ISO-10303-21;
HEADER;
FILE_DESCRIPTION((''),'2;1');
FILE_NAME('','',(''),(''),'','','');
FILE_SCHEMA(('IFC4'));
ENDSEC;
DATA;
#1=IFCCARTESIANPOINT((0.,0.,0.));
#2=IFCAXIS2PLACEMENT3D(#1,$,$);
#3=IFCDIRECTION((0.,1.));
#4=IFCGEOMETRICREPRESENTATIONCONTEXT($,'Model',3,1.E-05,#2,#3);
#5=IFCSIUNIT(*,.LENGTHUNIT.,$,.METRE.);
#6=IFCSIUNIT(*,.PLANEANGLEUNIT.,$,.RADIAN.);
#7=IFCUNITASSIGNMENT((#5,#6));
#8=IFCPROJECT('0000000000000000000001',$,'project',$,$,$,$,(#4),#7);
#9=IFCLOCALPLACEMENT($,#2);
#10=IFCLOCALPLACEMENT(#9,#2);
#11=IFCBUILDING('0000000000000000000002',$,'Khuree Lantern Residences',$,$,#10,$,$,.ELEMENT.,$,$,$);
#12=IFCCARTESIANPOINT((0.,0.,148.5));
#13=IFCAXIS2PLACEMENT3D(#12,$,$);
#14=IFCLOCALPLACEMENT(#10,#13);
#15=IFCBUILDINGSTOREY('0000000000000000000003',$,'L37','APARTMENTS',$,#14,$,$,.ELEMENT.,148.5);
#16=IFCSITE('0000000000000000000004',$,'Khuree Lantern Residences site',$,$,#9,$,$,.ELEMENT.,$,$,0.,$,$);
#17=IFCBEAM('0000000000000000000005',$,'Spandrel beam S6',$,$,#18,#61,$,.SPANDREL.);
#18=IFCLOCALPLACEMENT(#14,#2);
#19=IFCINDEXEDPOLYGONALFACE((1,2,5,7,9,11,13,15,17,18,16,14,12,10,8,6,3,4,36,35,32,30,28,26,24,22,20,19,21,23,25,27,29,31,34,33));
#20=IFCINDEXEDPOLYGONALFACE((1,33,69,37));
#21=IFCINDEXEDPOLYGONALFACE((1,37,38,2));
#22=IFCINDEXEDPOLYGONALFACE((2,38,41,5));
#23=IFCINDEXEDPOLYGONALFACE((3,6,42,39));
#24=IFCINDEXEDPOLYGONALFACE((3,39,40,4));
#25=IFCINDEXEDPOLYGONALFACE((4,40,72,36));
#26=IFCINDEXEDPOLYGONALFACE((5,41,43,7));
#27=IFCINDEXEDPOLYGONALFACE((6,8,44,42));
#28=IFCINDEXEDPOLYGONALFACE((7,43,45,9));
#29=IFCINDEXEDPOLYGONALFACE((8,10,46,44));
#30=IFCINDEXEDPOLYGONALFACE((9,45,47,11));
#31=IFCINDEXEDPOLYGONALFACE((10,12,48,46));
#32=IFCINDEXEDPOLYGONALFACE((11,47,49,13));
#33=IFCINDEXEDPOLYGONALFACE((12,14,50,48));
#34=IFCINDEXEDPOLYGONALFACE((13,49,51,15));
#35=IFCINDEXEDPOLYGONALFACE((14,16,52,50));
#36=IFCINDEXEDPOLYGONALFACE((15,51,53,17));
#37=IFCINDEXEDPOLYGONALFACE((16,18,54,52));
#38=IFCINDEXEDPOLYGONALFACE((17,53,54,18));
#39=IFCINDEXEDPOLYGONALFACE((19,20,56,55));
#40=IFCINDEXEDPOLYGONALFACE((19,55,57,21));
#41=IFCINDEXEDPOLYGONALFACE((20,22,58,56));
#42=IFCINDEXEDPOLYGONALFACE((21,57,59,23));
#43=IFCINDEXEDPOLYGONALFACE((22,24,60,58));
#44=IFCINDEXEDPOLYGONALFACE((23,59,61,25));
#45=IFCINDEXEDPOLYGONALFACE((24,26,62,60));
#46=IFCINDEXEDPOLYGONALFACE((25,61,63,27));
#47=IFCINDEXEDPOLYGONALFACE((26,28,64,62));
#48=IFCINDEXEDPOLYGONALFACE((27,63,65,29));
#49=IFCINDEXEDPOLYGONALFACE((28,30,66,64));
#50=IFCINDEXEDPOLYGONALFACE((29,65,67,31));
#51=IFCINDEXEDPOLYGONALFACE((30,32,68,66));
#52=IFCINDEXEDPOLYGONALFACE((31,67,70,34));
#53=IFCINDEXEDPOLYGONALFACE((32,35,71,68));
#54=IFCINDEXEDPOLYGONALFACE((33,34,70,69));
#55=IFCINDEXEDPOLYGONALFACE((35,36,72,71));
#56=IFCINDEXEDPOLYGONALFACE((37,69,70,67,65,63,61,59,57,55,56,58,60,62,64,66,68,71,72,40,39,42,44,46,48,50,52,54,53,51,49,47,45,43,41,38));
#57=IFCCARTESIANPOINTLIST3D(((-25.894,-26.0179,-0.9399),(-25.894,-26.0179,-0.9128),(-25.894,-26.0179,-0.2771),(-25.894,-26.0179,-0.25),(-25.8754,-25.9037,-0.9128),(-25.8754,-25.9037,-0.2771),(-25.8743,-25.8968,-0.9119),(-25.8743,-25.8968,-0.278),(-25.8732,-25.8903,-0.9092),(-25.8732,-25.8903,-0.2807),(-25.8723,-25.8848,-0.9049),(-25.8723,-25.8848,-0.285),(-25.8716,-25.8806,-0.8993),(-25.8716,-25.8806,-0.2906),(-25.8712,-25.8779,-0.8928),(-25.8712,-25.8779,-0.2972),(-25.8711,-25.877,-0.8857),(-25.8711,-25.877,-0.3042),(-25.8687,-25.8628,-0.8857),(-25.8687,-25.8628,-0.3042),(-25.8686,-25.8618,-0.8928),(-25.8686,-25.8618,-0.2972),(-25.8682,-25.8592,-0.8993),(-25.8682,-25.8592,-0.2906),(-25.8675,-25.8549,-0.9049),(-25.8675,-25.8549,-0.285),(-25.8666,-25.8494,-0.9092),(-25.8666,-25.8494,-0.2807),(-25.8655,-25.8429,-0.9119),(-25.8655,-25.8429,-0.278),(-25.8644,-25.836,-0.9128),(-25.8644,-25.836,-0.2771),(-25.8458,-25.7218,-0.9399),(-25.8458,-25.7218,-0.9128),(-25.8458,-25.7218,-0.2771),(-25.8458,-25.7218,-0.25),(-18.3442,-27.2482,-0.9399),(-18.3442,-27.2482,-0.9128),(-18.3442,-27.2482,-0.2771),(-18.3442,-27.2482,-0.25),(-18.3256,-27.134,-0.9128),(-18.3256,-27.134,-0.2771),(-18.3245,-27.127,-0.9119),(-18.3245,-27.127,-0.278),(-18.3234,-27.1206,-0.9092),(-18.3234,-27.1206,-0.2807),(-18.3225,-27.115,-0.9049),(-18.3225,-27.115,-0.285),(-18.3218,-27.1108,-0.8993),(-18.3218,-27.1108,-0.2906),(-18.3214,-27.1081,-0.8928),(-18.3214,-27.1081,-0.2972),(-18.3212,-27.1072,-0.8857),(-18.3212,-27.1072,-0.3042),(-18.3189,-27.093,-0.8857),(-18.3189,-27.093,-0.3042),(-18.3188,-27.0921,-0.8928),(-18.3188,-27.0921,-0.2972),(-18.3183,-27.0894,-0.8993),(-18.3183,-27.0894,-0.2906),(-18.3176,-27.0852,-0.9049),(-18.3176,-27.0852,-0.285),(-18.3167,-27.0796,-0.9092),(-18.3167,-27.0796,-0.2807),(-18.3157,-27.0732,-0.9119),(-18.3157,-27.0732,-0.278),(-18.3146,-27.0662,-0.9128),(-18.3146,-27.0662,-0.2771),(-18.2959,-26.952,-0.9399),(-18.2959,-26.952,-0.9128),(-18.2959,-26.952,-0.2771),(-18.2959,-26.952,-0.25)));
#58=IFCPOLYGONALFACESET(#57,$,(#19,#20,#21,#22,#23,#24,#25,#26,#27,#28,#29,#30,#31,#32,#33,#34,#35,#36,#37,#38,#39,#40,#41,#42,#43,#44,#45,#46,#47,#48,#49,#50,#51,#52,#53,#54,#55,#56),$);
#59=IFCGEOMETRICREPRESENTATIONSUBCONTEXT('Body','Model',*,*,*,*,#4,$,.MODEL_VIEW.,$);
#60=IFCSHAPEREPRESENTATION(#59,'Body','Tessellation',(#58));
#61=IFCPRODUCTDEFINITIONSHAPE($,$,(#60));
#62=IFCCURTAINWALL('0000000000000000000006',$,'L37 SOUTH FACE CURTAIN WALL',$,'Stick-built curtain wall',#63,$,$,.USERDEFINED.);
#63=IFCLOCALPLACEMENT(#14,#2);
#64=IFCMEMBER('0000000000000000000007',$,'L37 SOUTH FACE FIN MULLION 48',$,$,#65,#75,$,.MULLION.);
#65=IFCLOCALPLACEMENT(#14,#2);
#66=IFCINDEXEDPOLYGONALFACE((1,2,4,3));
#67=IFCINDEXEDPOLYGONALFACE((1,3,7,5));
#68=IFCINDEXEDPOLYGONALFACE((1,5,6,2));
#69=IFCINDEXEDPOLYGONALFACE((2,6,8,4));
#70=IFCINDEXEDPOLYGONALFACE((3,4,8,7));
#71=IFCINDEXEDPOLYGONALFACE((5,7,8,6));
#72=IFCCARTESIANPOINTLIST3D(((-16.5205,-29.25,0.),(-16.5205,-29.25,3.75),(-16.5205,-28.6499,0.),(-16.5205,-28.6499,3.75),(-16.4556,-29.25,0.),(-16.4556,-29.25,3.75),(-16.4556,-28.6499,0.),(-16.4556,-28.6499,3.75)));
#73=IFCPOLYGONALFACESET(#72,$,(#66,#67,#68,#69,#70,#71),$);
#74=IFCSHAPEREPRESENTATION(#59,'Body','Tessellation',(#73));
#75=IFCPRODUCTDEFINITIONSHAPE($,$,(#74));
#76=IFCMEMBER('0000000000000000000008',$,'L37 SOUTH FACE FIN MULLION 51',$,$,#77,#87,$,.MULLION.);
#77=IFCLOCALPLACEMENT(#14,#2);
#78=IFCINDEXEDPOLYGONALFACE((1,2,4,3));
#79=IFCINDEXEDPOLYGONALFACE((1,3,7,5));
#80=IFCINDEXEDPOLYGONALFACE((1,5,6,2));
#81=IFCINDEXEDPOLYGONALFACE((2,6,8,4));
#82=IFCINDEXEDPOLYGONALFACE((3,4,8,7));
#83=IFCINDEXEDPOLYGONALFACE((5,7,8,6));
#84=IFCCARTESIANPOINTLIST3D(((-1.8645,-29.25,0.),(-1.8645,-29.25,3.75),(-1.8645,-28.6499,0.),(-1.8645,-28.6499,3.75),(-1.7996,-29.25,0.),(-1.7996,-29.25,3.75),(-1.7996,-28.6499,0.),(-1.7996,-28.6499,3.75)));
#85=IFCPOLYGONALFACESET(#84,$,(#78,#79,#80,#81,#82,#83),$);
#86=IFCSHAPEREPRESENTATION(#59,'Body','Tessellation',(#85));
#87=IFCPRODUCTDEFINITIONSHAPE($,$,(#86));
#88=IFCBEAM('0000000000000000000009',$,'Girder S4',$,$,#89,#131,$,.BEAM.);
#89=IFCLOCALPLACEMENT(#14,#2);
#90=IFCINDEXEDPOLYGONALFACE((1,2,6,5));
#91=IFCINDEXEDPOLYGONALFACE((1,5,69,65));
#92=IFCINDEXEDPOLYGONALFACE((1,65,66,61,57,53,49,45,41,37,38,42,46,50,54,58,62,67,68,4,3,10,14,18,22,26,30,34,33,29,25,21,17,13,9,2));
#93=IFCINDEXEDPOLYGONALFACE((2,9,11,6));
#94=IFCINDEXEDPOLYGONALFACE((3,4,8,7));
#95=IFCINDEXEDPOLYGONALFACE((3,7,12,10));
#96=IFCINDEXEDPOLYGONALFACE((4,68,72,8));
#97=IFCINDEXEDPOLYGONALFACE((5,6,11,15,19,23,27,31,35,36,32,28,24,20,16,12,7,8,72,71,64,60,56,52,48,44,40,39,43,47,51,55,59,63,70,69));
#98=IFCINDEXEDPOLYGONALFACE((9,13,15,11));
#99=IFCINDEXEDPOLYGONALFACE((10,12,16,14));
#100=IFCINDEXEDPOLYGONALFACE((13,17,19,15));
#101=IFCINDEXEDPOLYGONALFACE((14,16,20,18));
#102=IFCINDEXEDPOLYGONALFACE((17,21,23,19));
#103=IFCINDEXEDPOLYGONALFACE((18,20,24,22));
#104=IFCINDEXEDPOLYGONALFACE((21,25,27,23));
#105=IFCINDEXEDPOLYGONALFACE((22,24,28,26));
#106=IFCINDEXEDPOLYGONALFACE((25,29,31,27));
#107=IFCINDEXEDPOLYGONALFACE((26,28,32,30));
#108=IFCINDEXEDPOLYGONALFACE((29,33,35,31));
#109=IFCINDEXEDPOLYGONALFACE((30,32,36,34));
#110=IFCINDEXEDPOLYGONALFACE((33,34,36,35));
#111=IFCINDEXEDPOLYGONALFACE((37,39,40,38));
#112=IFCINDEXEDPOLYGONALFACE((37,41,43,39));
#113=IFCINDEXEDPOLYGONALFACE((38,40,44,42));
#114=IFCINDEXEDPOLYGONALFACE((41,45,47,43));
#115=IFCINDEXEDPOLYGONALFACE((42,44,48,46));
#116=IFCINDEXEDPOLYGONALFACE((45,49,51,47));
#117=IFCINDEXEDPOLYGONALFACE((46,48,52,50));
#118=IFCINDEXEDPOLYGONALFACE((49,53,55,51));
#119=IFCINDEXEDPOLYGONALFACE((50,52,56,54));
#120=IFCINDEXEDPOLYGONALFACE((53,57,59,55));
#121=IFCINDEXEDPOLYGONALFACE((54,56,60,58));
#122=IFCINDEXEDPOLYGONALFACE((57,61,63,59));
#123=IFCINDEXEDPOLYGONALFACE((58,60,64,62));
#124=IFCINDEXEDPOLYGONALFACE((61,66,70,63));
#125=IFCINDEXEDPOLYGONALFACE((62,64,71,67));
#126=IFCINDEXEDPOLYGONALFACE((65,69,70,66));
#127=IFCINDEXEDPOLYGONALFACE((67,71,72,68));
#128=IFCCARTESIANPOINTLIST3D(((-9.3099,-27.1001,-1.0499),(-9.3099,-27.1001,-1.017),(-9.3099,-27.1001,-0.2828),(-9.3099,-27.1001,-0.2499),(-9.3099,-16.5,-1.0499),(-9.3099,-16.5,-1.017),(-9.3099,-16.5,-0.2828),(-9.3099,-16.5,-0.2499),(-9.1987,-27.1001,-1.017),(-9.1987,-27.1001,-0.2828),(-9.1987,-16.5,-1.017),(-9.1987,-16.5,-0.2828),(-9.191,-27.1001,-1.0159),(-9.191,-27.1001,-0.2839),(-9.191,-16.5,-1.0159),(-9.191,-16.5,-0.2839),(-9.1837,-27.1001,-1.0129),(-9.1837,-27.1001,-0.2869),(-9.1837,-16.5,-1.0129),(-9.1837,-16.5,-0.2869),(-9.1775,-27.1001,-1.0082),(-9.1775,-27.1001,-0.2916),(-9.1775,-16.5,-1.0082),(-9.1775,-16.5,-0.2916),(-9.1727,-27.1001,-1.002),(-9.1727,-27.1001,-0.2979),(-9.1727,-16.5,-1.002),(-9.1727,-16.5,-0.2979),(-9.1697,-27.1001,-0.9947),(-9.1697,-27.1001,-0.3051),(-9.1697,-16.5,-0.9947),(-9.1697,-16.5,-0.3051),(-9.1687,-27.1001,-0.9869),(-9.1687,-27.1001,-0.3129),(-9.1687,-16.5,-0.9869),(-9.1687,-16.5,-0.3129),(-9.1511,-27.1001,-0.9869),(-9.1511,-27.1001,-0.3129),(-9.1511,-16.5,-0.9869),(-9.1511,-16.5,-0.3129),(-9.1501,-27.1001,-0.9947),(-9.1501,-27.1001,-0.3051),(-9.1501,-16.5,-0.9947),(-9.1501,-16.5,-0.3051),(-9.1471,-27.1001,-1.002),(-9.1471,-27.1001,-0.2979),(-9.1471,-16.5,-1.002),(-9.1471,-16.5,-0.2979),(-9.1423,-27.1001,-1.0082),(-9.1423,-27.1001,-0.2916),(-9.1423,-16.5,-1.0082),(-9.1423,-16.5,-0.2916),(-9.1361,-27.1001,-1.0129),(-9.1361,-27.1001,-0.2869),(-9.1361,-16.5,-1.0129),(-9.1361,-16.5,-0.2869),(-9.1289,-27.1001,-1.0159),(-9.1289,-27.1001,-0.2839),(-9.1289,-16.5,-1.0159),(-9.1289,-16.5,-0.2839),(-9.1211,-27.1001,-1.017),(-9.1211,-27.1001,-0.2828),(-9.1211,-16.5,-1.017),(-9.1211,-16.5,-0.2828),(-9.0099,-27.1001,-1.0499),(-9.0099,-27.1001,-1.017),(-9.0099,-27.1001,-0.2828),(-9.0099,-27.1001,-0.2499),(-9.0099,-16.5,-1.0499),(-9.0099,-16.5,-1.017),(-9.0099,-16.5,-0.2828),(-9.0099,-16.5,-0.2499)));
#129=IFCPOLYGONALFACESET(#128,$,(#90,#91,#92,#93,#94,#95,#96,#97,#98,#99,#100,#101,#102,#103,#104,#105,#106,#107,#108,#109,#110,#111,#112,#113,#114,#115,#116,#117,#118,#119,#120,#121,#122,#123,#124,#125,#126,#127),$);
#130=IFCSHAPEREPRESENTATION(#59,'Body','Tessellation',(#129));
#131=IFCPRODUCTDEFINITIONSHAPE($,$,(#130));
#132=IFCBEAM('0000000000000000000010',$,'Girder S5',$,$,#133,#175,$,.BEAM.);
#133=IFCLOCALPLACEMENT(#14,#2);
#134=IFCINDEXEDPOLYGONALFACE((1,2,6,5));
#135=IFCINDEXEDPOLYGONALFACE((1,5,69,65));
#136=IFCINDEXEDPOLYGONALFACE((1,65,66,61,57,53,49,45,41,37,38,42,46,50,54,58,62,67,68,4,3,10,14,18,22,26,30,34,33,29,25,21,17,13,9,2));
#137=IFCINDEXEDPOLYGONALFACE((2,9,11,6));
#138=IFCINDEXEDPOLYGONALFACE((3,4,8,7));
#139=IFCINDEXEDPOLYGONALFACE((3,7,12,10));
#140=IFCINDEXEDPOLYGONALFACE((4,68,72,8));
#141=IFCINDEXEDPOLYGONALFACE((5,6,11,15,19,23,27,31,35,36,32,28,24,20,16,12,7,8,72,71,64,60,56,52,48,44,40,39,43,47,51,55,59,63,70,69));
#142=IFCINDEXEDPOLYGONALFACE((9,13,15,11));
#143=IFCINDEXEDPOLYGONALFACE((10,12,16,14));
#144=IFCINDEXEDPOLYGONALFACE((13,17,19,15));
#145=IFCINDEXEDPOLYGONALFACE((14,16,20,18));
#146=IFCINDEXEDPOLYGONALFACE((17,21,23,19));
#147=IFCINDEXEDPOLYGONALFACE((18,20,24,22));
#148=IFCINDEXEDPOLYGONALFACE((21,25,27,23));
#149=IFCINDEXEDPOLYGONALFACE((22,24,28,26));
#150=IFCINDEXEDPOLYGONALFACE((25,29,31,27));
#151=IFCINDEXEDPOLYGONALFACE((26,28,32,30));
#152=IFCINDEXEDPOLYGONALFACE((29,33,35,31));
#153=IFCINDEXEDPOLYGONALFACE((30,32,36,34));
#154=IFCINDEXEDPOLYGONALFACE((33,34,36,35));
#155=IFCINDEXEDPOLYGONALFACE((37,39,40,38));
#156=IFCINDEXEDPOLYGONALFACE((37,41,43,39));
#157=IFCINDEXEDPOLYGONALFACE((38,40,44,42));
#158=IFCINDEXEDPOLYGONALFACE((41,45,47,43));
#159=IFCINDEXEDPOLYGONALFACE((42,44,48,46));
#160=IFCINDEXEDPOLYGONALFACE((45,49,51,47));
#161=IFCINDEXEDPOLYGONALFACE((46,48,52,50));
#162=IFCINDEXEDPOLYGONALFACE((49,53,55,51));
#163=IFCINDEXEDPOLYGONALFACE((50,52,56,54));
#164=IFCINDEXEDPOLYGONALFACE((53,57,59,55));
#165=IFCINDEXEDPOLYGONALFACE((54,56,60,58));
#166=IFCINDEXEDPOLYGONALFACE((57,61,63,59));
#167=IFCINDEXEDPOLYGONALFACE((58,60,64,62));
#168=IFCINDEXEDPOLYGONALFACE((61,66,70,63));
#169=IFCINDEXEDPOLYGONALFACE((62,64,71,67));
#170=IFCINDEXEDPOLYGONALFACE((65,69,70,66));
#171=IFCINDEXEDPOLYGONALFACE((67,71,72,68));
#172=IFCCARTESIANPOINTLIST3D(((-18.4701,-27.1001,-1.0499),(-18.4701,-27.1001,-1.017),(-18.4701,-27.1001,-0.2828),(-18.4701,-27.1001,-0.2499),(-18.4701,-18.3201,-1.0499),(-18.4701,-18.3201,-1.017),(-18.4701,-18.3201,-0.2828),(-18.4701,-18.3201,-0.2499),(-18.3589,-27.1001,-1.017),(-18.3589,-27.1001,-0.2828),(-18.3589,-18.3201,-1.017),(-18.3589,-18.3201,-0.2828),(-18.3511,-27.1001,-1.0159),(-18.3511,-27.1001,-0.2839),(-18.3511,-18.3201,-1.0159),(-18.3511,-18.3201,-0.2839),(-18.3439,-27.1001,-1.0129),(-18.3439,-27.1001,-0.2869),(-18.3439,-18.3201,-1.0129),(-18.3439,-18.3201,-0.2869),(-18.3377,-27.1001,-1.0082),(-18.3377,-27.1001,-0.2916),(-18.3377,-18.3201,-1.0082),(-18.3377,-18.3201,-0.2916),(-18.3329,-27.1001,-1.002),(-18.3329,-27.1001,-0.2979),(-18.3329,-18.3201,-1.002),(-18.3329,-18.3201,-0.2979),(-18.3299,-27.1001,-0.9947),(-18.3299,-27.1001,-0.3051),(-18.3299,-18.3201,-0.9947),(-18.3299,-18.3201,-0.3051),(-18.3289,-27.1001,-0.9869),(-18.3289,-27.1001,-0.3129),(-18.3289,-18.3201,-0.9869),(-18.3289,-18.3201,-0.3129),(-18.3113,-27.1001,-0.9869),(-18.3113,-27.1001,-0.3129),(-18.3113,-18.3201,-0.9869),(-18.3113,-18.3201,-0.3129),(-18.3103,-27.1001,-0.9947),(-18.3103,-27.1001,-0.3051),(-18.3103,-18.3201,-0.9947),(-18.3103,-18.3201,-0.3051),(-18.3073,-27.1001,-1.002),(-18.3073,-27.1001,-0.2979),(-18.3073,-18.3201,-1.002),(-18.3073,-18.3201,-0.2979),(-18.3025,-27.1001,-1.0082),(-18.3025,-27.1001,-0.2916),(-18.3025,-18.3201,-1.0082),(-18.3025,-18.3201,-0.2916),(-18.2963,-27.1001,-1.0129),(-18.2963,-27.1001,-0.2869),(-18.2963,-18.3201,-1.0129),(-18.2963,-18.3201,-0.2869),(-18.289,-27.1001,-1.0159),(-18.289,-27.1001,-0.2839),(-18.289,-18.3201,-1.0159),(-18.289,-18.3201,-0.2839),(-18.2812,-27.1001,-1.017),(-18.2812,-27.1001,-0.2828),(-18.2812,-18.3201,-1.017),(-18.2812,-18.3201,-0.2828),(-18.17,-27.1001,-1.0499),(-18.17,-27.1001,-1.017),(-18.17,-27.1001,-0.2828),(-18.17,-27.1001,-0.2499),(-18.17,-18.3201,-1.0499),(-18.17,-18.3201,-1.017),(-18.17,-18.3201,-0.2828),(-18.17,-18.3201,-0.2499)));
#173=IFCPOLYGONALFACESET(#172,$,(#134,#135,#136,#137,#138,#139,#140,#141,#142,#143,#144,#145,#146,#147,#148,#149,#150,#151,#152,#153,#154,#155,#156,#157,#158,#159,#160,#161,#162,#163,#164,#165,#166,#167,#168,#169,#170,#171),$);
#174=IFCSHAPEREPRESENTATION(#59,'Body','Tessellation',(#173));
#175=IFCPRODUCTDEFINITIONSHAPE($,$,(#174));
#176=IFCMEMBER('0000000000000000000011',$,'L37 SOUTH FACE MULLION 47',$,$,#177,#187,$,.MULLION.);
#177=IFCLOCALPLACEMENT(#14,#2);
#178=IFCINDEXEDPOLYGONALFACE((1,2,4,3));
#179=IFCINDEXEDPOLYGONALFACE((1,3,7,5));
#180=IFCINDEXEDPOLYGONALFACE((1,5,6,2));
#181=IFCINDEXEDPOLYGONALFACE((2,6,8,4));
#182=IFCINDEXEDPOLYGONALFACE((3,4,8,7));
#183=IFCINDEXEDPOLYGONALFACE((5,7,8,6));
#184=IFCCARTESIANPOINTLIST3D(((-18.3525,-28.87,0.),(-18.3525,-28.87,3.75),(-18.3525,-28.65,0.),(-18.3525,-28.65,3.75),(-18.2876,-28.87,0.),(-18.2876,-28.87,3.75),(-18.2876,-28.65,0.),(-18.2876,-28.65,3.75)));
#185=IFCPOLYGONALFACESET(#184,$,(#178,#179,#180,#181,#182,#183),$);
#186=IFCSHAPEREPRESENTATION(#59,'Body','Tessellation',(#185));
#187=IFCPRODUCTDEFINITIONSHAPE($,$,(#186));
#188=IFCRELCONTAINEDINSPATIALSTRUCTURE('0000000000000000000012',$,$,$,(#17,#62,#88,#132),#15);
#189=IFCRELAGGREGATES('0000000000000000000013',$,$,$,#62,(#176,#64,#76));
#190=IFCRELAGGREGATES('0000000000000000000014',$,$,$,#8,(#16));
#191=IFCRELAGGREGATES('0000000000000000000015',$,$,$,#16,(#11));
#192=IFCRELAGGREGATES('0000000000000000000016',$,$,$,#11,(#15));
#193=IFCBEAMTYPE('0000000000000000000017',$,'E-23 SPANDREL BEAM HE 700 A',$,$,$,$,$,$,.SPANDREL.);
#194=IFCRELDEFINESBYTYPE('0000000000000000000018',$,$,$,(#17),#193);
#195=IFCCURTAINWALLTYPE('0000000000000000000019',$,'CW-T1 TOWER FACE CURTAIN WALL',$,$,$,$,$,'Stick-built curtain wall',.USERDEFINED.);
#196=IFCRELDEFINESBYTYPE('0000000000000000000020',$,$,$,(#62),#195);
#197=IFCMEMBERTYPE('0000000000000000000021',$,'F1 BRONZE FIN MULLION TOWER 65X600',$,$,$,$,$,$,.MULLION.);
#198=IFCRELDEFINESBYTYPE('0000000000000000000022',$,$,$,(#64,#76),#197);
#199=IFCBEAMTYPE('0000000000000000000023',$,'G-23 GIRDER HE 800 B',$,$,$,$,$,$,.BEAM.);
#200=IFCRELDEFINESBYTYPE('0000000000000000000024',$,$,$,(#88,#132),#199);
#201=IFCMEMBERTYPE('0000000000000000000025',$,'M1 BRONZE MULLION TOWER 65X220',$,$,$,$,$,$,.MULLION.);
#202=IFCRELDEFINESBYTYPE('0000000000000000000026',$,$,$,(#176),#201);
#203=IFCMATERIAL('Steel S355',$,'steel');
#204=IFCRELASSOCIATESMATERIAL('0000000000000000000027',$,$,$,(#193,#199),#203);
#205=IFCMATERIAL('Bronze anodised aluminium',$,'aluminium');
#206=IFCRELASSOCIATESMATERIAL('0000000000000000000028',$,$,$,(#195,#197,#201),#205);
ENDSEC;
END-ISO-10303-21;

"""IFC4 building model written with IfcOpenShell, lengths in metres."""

from ifc_helpers import new_model, si_unit, direction, frame, origin, origin_2d, place, context, subcontext, project, spatial, rectangle, i_section, extrude, material, material_profile, profile_set, type_object, element, aggregate, save


model = new_model("IFC4")

# Units and contexts
model_context = context("Model", 3, precision=1e-05, world=origin(), true_north=direction((0.0, 1.0)))
body_context = subcontext(model_context, "Body", "Model", "MODEL_VIEW")
ifc_project = project(units=[si_unit("LENGTHUNIT", "METRE"), si_unit("PLANEANGLEUNIT", "RADIAN")], contexts=[model_context])

# Site, building, storey
site_placement = place(None, origin())
site = spatial("IfcSite", under=ifc_project, at=site_placement, Name="Khuree Lantern Residences site", CompositionType="ELEMENT", RefElevation=0.0)
building_placement = place(site_placement, origin())
building = spatial("IfcBuilding", under=site, at=building_placement, Name="Khuree Lantern Residences", CompositionType="ELEMENT")
storey_placement = place(building_placement, frame((0.0, 0.0, 148.5)))
storey = spatial("IfcBuildingStorey", under=building, at=storey_placement, Name="L37", Description="APARTMENTS", CompositionType="ELEMENT", Elevation=148.5)

# Beam
ifc_material_1 = material(Name="Steel S355", Category="steel")
ifc_material_profile_1 = material_profile(ifc_material_1, i_section(OverallWidth=0.3, OverallDepth=0.6899, WebThickness=0.0144, FlangeThickness=0.0271, FilletRadius=0.0271, at=origin_2d()), Name="HE 700 A")
ifc_profile_set_1 = profile_set([ifc_material_profile_1], Name="Steel S355")
beam_type_1 = type_object("IfcBeamType", Name="E-23 SPANDREL BEAM HE 700 A", PredefinedType="SPANDREL", material=ifc_profile_set_1)
beam_1_placement = place(storey_placement, frame((-18.3201, -27.1001, -0.595), z_axis=(-0.986983, 0.160827, 0.0), x_axis=(-0.160827, -0.986983, 0.0)))
element("IfcBeam", 1, at=beam_1_placement, inside=storey, type_object=beam_type_1, Name="Spandrel beam S6", PredefinedType="SPANDREL", context=body_context, shape_type="SweptSolid", body=[
    extrude(i_section(OverallWidth=0.3, OverallDepth=0.6899, WebThickness=0.0144, FlangeThickness=0.0271, FilletRadius=0.0271, at=origin_2d()), origin(), (0.0, 0.0, 1.0), 7.6494),
])

# Curtain wall, members
ifc_material_2 = material(Name="Bronze anodised aluminium", Category="aluminium")
curtain_wall_type = type_object("IfcCurtainWallType", Name="CW-T1 TOWER FACE CURTAIN WALL", ElementType="Stick-built curtain wall", PredefinedType="USERDEFINED", material=ifc_material_2)
curtain_wall_placement = place(storey_placement, origin())
curtain_wall = element("IfcCurtainWall", 2, at=curtain_wall_placement, inside=storey, type_object=curtain_wall_type, Name="L37 SOUTH FACE CURTAIN WALL", ObjectType="Stick-built curtain wall", PredefinedType="USERDEFINED")
ifc_material_profile_2 = material_profile(ifc_material_2, rectangle(XDim=0.0649, YDim=0.6001, at=origin_2d()), Name="F1 65X600")
ifc_profile_set_2 = profile_set([ifc_material_profile_2], Name="Bronze anodised aluminium")
member_type_1 = type_object("IfcMemberType", Name="F1 BRONZE FIN MULLION TOWER 65X600", PredefinedType="MULLION", material=ifc_profile_set_2)
member_1_placement = place(storey_placement, frame((-16.488, -28.95, 0.0), z_axis=(0.0, 0.0, 1.0), x_axis=(1.0, 0.0, 0.0)))
member_1 = element("IfcMember", 3, at=member_1_placement, type_object=member_type_1, Name="L37 SOUTH FACE FIN MULLION 48", PredefinedType="MULLION", context=body_context, shape_type="SweptSolid", body=[
    extrude(rectangle(XDim=0.0649, YDim=0.6001, at=origin_2d()), origin(), (0.0, 0.0, 1.0), 3.75),
])
member_2_placement = place(storey_placement, frame((-1.832, -28.95, 0.0), z_axis=(0.0, 0.0, 1.0), x_axis=(1.0, 0.0, 0.0)))
member_2 = element("IfcMember", 4, at=member_2_placement, type_object=member_type_1, Name="L37 SOUTH FACE FIN MULLION 51", PredefinedType="MULLION", context=body_context, shape_type="SweptSolid", body=[
    extrude(rectangle(XDim=0.0649, YDim=0.6001, at=origin_2d()), origin(), (0.0, 0.0, 1.0), 3.75),
])

# Beams
ifc_material_profile_3 = material_profile(ifc_material_1, i_section(OverallWidth=0.3, OverallDepth=0.8, WebThickness=0.0176, FlangeThickness=0.033, FilletRadius=0.03, at=origin_2d()), Name="HE 800 B")
ifc_profile_set_3 = profile_set([ifc_material_profile_3], Name="Steel S355")
beam_type_2 = type_object("IfcBeamType", Name="G-23 GIRDER HE 800 B", PredefinedType="BEAM", material=ifc_profile_set_3)
beam_2_placement = place(storey_placement, frame((-9.1599, -27.1001, -0.6499), z_axis=(0.0, 1.0, 0.0), x_axis=(-1.0, 0.0, 0.0)))
element("IfcBeam", 5, at=beam_2_placement, inside=storey, type_object=beam_type_2, Name="Girder S4", PredefinedType="BEAM", context=body_context, shape_type="SweptSolid", body=[
    extrude(i_section(OverallWidth=0.3, OverallDepth=0.8, WebThickness=0.0176, FlangeThickness=0.033, FilletRadius=0.03, at=origin_2d()), origin(), (0.0, 0.0, 1.0), 10.6001),
])
beam_3_placement = place(storey_placement, frame((-18.3201, -27.1001, -0.6499), z_axis=(0.0, 1.0, 0.0), x_axis=(-1.0, 0.0, 0.0)))
element("IfcBeam", 6, at=beam_3_placement, inside=storey, type_object=beam_type_2, Name="Girder S5", PredefinedType="BEAM", context=body_context, shape_type="SweptSolid", body=[
    extrude(i_section(OverallWidth=0.3, OverallDepth=0.8, WebThickness=0.0176, FlangeThickness=0.033, FilletRadius=0.03, at=origin_2d()), origin(), (0.0, 0.0, 1.0), 8.78),
])

# Member
ifc_material_profile_4 = material_profile(ifc_material_2, rectangle(XDim=0.0649, YDim=0.22, at=origin_2d()), Name="M1 65X220")
ifc_profile_set_4 = profile_set([ifc_material_profile_4], Name="Bronze anodised aluminium")
member_type_2 = type_object("IfcMemberType", Name="M1 BRONZE MULLION TOWER 65X220", PredefinedType="MULLION", material=ifc_profile_set_4)
member_3_placement = place(storey_placement, frame((-18.3201, -28.76, 0.0), z_axis=(0.0, 0.0, 1.0), x_axis=(1.0, 0.0, 0.0)))
member_3 = element("IfcMember", 7, at=member_3_placement, type_object=member_type_2, Name="L37 SOUTH FACE MULLION 47", PredefinedType="MULLION", context=body_context, shape_type="SweptSolid", body=[
    extrude(rectangle(XDim=0.0649, YDim=0.22, at=origin_2d()), origin(), (0.0, 0.0, 1.0), 3.75),
])

aggregate(curtain_wall, [member_3, member_1, member_2])

save(model, "model.ifc")
